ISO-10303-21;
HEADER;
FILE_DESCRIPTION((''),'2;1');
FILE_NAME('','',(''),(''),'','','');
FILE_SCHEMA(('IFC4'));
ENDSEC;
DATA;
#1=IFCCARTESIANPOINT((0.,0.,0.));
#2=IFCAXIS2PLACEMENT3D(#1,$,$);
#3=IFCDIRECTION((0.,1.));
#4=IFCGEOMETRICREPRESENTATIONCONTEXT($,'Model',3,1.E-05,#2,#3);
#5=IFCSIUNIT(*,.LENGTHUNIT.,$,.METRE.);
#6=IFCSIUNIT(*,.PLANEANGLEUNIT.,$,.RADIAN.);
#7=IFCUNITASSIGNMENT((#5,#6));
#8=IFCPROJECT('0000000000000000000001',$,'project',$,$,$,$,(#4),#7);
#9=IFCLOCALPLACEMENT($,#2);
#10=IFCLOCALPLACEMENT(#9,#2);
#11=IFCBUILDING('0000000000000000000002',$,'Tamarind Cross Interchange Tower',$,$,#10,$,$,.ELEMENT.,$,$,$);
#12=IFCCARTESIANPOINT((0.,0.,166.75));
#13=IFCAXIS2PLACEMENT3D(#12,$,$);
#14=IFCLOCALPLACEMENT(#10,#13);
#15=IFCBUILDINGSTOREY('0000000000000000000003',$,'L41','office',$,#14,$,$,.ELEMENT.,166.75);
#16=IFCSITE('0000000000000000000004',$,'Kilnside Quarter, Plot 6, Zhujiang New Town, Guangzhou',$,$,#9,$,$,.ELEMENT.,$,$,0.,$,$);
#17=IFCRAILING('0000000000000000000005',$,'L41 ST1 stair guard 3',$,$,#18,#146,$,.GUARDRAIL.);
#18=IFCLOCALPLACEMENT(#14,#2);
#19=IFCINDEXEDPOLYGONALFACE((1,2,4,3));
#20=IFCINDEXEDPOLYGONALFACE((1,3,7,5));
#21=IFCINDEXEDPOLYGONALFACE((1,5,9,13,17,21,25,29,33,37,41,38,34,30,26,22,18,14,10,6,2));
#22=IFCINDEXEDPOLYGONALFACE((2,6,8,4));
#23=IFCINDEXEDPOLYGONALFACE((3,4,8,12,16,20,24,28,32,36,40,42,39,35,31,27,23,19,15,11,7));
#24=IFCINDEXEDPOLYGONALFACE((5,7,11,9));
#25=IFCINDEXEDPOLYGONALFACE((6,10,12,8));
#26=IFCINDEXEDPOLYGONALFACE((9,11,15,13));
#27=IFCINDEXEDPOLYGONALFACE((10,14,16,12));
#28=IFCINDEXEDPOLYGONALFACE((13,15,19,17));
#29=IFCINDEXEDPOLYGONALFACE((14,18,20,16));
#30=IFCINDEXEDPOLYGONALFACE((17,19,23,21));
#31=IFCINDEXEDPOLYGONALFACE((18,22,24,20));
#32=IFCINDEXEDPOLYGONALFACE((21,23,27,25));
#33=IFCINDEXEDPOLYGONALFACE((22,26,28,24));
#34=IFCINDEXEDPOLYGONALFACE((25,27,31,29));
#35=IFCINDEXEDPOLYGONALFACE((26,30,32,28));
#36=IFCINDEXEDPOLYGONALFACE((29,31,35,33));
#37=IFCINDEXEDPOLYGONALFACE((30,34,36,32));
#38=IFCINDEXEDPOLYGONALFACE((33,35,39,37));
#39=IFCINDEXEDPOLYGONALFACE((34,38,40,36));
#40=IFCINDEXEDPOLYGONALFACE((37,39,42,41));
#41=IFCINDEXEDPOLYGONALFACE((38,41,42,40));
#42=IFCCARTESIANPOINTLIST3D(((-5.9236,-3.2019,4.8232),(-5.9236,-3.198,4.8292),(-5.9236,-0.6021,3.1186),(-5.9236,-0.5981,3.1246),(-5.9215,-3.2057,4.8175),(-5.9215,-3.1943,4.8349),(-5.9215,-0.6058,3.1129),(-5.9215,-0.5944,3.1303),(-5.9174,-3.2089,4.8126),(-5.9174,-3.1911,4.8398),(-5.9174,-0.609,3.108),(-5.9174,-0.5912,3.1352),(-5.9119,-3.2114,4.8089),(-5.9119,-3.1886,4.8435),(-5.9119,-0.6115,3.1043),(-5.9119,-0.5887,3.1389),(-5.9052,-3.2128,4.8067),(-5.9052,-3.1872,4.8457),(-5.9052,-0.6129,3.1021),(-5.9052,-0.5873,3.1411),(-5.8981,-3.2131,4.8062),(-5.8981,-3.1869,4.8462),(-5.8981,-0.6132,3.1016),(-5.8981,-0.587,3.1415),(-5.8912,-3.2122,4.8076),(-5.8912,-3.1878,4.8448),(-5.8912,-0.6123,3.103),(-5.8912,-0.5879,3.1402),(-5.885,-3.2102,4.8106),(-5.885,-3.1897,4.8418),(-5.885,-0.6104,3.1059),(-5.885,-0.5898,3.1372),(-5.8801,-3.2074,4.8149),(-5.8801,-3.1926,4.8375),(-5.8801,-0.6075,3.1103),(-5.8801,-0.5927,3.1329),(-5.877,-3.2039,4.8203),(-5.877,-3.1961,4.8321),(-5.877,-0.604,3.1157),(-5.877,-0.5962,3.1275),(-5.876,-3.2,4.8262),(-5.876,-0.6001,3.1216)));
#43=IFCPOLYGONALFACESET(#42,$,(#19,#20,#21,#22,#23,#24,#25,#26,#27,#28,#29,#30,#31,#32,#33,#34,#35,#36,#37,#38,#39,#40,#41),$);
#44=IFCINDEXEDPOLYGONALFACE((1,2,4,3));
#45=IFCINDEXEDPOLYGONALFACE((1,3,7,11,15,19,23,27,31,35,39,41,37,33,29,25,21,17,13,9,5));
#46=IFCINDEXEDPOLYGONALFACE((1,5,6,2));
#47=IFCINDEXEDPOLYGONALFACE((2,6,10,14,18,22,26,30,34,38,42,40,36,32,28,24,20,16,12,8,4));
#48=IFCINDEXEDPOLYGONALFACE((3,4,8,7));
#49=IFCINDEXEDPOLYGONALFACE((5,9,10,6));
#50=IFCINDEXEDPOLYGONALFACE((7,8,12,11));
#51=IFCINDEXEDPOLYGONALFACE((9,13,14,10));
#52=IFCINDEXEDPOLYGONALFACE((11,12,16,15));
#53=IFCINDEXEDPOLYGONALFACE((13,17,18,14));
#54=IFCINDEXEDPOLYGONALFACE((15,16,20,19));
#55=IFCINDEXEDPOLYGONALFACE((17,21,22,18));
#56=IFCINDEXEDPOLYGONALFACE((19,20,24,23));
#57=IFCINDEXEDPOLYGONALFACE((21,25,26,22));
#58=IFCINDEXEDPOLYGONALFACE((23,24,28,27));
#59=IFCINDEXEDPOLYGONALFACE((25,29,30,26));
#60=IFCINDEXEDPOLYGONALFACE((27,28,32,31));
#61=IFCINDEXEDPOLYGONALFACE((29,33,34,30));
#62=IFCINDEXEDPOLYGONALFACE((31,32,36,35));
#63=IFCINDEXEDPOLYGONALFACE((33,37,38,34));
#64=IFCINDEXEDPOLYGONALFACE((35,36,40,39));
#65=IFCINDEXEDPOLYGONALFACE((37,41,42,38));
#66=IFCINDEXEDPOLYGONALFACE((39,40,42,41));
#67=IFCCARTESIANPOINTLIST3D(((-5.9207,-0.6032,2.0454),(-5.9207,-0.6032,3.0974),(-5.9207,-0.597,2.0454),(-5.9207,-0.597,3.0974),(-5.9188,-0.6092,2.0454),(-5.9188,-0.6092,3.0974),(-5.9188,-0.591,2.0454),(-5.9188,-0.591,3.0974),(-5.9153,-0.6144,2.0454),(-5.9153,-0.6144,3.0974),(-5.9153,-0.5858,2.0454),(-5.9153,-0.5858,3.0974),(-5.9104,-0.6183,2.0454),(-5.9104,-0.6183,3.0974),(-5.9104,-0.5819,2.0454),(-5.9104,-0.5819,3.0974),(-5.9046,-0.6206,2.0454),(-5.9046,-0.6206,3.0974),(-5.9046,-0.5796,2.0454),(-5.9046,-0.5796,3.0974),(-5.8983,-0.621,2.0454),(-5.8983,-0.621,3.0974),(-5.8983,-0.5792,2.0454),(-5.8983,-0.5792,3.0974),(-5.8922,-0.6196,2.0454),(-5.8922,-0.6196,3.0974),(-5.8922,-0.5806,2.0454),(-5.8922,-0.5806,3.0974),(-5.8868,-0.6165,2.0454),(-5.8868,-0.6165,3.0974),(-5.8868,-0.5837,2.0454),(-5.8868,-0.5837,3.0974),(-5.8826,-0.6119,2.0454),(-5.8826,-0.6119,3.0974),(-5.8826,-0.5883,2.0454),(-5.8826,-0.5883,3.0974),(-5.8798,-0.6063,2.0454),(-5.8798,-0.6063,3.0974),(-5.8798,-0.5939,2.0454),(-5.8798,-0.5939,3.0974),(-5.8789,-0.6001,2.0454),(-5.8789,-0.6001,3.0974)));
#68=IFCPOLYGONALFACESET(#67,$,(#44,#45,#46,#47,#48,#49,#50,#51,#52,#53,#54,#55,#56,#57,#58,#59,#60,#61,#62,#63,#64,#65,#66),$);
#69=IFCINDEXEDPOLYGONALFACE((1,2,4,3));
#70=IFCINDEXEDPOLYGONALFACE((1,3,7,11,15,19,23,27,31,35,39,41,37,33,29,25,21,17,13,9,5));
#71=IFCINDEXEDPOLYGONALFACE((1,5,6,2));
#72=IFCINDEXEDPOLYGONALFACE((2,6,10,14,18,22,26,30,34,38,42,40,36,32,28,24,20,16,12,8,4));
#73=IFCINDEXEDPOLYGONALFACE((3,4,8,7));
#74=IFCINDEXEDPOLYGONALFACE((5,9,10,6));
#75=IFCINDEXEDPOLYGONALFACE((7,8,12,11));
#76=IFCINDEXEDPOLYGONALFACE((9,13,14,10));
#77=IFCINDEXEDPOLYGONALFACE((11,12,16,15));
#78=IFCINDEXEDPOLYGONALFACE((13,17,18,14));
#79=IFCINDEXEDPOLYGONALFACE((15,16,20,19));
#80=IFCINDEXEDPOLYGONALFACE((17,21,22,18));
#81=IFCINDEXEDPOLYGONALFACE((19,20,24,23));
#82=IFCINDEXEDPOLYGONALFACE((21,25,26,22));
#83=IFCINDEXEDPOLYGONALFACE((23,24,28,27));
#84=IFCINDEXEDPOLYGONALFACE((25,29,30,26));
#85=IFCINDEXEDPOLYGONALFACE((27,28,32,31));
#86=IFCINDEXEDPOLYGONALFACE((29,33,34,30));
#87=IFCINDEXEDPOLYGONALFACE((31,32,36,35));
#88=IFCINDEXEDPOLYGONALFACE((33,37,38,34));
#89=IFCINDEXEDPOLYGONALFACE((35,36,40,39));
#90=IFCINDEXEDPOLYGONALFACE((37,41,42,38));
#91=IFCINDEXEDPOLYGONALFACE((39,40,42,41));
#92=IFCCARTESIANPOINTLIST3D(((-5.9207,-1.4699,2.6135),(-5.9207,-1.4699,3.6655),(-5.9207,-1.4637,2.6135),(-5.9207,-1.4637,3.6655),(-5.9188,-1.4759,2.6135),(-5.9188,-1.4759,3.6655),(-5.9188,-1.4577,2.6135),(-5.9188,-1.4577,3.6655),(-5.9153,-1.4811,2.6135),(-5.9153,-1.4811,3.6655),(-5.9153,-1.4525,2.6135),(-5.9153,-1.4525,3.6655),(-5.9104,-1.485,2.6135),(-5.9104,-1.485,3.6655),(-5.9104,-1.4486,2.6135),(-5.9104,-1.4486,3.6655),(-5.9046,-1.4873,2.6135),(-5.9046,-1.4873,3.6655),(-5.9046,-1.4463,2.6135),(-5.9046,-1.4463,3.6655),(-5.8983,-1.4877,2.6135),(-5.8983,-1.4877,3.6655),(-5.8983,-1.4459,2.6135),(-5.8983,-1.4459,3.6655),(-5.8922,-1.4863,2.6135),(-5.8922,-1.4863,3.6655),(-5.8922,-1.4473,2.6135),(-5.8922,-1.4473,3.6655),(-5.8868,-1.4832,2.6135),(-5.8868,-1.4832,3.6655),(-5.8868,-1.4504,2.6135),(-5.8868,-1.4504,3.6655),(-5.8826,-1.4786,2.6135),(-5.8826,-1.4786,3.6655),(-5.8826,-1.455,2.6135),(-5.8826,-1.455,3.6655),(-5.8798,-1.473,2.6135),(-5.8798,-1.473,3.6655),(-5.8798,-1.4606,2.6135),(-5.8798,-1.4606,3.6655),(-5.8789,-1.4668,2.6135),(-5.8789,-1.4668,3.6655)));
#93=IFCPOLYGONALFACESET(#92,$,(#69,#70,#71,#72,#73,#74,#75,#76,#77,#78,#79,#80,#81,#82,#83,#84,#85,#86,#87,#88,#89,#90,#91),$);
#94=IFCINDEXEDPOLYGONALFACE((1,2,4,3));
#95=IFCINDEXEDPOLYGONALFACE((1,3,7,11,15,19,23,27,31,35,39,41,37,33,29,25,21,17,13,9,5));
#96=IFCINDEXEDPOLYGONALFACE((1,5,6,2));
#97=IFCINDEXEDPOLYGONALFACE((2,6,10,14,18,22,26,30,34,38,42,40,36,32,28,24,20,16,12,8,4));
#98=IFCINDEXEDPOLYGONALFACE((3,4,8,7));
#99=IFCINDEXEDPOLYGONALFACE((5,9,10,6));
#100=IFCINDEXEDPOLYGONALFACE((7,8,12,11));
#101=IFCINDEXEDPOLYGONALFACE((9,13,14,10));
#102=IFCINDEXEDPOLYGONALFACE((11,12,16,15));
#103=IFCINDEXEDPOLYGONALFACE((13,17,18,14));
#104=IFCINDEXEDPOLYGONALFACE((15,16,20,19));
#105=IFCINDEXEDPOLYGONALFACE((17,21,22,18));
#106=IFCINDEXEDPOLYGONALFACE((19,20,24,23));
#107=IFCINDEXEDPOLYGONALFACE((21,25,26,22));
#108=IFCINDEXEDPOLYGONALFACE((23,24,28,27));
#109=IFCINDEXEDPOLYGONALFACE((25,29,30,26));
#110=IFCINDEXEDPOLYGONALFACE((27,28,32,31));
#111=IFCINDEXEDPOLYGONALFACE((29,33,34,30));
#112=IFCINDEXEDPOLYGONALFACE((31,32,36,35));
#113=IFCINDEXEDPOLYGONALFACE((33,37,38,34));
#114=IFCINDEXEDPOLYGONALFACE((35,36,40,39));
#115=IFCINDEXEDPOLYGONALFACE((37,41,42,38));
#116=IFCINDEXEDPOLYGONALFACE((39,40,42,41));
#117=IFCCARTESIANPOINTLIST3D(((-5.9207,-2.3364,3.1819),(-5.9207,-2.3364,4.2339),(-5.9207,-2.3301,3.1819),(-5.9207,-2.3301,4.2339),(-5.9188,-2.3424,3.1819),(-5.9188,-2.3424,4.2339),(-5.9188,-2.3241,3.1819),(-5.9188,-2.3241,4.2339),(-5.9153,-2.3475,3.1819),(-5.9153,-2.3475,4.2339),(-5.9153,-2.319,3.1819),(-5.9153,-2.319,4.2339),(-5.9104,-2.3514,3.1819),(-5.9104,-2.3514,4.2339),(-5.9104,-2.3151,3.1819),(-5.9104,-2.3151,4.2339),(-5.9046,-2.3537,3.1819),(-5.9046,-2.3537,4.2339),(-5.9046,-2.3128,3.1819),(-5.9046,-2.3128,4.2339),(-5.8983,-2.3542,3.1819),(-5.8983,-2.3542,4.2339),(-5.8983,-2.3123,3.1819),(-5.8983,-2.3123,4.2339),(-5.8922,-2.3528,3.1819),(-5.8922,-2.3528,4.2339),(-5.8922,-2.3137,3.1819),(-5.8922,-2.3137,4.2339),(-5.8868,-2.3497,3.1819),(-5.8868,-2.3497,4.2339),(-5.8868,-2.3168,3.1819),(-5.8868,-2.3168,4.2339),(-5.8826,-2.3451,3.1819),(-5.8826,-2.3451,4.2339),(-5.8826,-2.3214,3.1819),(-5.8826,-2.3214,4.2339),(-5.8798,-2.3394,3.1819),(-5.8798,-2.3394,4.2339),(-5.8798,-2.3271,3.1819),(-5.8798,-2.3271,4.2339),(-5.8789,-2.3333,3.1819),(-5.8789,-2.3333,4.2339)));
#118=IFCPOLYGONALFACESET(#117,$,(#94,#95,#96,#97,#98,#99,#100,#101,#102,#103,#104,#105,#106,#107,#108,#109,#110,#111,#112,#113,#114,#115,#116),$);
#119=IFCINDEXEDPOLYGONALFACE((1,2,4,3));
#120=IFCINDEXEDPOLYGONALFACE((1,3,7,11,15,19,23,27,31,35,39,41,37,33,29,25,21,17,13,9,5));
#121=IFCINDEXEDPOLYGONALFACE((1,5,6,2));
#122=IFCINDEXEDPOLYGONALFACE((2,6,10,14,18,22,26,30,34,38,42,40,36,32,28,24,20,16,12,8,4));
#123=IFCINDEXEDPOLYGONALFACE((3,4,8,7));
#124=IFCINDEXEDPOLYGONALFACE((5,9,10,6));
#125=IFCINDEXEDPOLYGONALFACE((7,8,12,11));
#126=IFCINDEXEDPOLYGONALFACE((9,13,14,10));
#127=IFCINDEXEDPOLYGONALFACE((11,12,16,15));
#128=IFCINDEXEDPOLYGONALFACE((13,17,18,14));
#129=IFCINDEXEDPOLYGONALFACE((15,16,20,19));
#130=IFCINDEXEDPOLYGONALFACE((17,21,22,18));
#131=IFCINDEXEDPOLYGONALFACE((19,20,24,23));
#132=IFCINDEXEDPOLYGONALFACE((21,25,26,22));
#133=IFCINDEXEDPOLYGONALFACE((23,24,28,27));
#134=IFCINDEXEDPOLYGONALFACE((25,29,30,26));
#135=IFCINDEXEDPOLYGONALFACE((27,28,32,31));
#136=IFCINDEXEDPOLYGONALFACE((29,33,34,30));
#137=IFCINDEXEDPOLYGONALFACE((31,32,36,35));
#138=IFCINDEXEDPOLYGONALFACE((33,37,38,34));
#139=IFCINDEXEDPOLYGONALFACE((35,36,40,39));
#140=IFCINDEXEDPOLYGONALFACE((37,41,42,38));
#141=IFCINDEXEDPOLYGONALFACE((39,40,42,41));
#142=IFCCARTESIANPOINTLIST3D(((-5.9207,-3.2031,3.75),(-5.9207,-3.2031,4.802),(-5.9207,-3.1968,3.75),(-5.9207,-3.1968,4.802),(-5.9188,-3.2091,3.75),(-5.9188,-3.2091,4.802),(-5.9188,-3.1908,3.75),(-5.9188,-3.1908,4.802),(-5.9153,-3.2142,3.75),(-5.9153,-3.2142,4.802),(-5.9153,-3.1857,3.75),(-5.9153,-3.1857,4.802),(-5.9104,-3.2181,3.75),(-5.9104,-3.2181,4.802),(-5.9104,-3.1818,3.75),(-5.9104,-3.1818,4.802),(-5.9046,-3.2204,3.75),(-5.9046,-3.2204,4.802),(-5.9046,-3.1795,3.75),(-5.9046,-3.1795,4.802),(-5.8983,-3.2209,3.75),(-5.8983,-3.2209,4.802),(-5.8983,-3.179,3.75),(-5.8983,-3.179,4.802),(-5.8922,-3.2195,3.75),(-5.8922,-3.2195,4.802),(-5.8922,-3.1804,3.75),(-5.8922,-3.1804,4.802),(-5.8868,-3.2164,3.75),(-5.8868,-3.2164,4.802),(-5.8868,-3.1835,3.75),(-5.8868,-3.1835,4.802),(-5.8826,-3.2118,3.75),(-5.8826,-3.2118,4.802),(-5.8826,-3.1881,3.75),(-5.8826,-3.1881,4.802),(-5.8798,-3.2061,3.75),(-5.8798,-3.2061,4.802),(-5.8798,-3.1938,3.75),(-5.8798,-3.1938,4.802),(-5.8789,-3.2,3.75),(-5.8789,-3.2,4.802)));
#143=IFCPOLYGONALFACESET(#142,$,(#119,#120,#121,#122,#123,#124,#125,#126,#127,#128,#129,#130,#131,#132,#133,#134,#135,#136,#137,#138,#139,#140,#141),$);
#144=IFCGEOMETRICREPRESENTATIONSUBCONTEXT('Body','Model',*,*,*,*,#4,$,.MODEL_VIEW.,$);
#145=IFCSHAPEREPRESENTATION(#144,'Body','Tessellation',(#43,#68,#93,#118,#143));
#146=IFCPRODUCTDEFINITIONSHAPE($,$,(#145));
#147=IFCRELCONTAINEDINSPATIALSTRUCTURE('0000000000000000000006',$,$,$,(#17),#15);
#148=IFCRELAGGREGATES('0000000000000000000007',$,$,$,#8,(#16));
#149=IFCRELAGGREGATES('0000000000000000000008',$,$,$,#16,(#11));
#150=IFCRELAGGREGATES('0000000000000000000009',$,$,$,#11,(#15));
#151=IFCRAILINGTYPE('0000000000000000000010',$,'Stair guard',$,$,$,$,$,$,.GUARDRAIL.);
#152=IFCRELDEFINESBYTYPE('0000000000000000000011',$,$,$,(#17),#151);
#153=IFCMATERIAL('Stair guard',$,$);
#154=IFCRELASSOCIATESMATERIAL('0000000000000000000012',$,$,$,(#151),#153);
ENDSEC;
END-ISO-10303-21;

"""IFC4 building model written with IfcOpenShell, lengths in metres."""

from ifc_helpers import new_model, si_unit, direction, frame, origin, origin_2d, place, context, subcontext, project, spatial, circle, extrude, material, type_object, element, save


model = new_model("IFC4")

# Units and contexts
model_context = context("Model", 3, precision=1e-05, world=origin(), true_north=direction((0.0, 1.0)))
body_context = subcontext(model_context, "Body", "Model", "MODEL_VIEW")
ifc_project = project(units=[si_unit("LENGTHUNIT", "METRE"), si_unit("PLANEANGLEUNIT", "RADIAN")], contexts=[model_context])

# Site, building, storey
site_placement = place(None, origin())
site = spatial("IfcSite", under=ifc_project, at=site_placement, Name="Kilnside Quarter, Plot 6, Zhujiang New Town, Guangzhou", CompositionType="ELEMENT", RefElevation=0.0)
building_placement = place(site_placement, origin())
building = spatial("IfcBuilding", under=site, at=building_placement, Name="Tamarind Cross Interchange Tower", CompositionType="ELEMENT")
storey_placement = place(building_placement, frame((0.0, 0.0, 166.75)))
storey = spatial("IfcBuildingStorey", under=building, at=storey_placement, Name="L41", Description="office", CompositionType="ELEMENT", Elevation=166.75)

# Railing
ifc_material_1 = material(Name="Stair guard")
railing_type_1 = type_object("IfcRailingType", Name="Stair guard", PredefinedType="GUARDRAIL", material=ifc_material_1)
railing_1_placement = place(storey_placement, frame((-5.8999, -0.6001, 2.0454)))
element("IfcRailing", 1, at=railing_1_placement, inside=storey, type_object=railing_type_1, Name="L41 ST1 stair guard 3", PredefinedType="GUARDRAIL", context=body_context, shape_type="SweptSolid", body=[
    extrude(circle(Radius=0.0239, at=origin_2d()), frame((0.0, 0.0, 1.0762), z_axis=(0.0, -0.836279, 0.548305), x_axis=(1.0, 0.0, 0.0)), (0.0, 0.0, 1.0), 3.1089),
    extrude(circle(Radius=0.021, at=origin_2d()), origin(), (0.0, 0.0, 1.0), 1.052),
    extrude(circle(Radius=0.021, at=origin_2d()), frame((0.0, -0.8667, 0.5681)), (0.0, 0.0, 1.0), 1.052),
    extrude(circle(Radius=0.021, at=origin_2d()), frame((0.0, -1.7332, 1.1365)), (0.0, 0.0, 1.0), 1.052),
    extrude(circle(Radius=0.021, at=origin_2d()), frame((0.0, -2.5999, 1.7046)), (0.0, 0.0, 1.0), 1.052),
])

save(model, "model.ifc")
